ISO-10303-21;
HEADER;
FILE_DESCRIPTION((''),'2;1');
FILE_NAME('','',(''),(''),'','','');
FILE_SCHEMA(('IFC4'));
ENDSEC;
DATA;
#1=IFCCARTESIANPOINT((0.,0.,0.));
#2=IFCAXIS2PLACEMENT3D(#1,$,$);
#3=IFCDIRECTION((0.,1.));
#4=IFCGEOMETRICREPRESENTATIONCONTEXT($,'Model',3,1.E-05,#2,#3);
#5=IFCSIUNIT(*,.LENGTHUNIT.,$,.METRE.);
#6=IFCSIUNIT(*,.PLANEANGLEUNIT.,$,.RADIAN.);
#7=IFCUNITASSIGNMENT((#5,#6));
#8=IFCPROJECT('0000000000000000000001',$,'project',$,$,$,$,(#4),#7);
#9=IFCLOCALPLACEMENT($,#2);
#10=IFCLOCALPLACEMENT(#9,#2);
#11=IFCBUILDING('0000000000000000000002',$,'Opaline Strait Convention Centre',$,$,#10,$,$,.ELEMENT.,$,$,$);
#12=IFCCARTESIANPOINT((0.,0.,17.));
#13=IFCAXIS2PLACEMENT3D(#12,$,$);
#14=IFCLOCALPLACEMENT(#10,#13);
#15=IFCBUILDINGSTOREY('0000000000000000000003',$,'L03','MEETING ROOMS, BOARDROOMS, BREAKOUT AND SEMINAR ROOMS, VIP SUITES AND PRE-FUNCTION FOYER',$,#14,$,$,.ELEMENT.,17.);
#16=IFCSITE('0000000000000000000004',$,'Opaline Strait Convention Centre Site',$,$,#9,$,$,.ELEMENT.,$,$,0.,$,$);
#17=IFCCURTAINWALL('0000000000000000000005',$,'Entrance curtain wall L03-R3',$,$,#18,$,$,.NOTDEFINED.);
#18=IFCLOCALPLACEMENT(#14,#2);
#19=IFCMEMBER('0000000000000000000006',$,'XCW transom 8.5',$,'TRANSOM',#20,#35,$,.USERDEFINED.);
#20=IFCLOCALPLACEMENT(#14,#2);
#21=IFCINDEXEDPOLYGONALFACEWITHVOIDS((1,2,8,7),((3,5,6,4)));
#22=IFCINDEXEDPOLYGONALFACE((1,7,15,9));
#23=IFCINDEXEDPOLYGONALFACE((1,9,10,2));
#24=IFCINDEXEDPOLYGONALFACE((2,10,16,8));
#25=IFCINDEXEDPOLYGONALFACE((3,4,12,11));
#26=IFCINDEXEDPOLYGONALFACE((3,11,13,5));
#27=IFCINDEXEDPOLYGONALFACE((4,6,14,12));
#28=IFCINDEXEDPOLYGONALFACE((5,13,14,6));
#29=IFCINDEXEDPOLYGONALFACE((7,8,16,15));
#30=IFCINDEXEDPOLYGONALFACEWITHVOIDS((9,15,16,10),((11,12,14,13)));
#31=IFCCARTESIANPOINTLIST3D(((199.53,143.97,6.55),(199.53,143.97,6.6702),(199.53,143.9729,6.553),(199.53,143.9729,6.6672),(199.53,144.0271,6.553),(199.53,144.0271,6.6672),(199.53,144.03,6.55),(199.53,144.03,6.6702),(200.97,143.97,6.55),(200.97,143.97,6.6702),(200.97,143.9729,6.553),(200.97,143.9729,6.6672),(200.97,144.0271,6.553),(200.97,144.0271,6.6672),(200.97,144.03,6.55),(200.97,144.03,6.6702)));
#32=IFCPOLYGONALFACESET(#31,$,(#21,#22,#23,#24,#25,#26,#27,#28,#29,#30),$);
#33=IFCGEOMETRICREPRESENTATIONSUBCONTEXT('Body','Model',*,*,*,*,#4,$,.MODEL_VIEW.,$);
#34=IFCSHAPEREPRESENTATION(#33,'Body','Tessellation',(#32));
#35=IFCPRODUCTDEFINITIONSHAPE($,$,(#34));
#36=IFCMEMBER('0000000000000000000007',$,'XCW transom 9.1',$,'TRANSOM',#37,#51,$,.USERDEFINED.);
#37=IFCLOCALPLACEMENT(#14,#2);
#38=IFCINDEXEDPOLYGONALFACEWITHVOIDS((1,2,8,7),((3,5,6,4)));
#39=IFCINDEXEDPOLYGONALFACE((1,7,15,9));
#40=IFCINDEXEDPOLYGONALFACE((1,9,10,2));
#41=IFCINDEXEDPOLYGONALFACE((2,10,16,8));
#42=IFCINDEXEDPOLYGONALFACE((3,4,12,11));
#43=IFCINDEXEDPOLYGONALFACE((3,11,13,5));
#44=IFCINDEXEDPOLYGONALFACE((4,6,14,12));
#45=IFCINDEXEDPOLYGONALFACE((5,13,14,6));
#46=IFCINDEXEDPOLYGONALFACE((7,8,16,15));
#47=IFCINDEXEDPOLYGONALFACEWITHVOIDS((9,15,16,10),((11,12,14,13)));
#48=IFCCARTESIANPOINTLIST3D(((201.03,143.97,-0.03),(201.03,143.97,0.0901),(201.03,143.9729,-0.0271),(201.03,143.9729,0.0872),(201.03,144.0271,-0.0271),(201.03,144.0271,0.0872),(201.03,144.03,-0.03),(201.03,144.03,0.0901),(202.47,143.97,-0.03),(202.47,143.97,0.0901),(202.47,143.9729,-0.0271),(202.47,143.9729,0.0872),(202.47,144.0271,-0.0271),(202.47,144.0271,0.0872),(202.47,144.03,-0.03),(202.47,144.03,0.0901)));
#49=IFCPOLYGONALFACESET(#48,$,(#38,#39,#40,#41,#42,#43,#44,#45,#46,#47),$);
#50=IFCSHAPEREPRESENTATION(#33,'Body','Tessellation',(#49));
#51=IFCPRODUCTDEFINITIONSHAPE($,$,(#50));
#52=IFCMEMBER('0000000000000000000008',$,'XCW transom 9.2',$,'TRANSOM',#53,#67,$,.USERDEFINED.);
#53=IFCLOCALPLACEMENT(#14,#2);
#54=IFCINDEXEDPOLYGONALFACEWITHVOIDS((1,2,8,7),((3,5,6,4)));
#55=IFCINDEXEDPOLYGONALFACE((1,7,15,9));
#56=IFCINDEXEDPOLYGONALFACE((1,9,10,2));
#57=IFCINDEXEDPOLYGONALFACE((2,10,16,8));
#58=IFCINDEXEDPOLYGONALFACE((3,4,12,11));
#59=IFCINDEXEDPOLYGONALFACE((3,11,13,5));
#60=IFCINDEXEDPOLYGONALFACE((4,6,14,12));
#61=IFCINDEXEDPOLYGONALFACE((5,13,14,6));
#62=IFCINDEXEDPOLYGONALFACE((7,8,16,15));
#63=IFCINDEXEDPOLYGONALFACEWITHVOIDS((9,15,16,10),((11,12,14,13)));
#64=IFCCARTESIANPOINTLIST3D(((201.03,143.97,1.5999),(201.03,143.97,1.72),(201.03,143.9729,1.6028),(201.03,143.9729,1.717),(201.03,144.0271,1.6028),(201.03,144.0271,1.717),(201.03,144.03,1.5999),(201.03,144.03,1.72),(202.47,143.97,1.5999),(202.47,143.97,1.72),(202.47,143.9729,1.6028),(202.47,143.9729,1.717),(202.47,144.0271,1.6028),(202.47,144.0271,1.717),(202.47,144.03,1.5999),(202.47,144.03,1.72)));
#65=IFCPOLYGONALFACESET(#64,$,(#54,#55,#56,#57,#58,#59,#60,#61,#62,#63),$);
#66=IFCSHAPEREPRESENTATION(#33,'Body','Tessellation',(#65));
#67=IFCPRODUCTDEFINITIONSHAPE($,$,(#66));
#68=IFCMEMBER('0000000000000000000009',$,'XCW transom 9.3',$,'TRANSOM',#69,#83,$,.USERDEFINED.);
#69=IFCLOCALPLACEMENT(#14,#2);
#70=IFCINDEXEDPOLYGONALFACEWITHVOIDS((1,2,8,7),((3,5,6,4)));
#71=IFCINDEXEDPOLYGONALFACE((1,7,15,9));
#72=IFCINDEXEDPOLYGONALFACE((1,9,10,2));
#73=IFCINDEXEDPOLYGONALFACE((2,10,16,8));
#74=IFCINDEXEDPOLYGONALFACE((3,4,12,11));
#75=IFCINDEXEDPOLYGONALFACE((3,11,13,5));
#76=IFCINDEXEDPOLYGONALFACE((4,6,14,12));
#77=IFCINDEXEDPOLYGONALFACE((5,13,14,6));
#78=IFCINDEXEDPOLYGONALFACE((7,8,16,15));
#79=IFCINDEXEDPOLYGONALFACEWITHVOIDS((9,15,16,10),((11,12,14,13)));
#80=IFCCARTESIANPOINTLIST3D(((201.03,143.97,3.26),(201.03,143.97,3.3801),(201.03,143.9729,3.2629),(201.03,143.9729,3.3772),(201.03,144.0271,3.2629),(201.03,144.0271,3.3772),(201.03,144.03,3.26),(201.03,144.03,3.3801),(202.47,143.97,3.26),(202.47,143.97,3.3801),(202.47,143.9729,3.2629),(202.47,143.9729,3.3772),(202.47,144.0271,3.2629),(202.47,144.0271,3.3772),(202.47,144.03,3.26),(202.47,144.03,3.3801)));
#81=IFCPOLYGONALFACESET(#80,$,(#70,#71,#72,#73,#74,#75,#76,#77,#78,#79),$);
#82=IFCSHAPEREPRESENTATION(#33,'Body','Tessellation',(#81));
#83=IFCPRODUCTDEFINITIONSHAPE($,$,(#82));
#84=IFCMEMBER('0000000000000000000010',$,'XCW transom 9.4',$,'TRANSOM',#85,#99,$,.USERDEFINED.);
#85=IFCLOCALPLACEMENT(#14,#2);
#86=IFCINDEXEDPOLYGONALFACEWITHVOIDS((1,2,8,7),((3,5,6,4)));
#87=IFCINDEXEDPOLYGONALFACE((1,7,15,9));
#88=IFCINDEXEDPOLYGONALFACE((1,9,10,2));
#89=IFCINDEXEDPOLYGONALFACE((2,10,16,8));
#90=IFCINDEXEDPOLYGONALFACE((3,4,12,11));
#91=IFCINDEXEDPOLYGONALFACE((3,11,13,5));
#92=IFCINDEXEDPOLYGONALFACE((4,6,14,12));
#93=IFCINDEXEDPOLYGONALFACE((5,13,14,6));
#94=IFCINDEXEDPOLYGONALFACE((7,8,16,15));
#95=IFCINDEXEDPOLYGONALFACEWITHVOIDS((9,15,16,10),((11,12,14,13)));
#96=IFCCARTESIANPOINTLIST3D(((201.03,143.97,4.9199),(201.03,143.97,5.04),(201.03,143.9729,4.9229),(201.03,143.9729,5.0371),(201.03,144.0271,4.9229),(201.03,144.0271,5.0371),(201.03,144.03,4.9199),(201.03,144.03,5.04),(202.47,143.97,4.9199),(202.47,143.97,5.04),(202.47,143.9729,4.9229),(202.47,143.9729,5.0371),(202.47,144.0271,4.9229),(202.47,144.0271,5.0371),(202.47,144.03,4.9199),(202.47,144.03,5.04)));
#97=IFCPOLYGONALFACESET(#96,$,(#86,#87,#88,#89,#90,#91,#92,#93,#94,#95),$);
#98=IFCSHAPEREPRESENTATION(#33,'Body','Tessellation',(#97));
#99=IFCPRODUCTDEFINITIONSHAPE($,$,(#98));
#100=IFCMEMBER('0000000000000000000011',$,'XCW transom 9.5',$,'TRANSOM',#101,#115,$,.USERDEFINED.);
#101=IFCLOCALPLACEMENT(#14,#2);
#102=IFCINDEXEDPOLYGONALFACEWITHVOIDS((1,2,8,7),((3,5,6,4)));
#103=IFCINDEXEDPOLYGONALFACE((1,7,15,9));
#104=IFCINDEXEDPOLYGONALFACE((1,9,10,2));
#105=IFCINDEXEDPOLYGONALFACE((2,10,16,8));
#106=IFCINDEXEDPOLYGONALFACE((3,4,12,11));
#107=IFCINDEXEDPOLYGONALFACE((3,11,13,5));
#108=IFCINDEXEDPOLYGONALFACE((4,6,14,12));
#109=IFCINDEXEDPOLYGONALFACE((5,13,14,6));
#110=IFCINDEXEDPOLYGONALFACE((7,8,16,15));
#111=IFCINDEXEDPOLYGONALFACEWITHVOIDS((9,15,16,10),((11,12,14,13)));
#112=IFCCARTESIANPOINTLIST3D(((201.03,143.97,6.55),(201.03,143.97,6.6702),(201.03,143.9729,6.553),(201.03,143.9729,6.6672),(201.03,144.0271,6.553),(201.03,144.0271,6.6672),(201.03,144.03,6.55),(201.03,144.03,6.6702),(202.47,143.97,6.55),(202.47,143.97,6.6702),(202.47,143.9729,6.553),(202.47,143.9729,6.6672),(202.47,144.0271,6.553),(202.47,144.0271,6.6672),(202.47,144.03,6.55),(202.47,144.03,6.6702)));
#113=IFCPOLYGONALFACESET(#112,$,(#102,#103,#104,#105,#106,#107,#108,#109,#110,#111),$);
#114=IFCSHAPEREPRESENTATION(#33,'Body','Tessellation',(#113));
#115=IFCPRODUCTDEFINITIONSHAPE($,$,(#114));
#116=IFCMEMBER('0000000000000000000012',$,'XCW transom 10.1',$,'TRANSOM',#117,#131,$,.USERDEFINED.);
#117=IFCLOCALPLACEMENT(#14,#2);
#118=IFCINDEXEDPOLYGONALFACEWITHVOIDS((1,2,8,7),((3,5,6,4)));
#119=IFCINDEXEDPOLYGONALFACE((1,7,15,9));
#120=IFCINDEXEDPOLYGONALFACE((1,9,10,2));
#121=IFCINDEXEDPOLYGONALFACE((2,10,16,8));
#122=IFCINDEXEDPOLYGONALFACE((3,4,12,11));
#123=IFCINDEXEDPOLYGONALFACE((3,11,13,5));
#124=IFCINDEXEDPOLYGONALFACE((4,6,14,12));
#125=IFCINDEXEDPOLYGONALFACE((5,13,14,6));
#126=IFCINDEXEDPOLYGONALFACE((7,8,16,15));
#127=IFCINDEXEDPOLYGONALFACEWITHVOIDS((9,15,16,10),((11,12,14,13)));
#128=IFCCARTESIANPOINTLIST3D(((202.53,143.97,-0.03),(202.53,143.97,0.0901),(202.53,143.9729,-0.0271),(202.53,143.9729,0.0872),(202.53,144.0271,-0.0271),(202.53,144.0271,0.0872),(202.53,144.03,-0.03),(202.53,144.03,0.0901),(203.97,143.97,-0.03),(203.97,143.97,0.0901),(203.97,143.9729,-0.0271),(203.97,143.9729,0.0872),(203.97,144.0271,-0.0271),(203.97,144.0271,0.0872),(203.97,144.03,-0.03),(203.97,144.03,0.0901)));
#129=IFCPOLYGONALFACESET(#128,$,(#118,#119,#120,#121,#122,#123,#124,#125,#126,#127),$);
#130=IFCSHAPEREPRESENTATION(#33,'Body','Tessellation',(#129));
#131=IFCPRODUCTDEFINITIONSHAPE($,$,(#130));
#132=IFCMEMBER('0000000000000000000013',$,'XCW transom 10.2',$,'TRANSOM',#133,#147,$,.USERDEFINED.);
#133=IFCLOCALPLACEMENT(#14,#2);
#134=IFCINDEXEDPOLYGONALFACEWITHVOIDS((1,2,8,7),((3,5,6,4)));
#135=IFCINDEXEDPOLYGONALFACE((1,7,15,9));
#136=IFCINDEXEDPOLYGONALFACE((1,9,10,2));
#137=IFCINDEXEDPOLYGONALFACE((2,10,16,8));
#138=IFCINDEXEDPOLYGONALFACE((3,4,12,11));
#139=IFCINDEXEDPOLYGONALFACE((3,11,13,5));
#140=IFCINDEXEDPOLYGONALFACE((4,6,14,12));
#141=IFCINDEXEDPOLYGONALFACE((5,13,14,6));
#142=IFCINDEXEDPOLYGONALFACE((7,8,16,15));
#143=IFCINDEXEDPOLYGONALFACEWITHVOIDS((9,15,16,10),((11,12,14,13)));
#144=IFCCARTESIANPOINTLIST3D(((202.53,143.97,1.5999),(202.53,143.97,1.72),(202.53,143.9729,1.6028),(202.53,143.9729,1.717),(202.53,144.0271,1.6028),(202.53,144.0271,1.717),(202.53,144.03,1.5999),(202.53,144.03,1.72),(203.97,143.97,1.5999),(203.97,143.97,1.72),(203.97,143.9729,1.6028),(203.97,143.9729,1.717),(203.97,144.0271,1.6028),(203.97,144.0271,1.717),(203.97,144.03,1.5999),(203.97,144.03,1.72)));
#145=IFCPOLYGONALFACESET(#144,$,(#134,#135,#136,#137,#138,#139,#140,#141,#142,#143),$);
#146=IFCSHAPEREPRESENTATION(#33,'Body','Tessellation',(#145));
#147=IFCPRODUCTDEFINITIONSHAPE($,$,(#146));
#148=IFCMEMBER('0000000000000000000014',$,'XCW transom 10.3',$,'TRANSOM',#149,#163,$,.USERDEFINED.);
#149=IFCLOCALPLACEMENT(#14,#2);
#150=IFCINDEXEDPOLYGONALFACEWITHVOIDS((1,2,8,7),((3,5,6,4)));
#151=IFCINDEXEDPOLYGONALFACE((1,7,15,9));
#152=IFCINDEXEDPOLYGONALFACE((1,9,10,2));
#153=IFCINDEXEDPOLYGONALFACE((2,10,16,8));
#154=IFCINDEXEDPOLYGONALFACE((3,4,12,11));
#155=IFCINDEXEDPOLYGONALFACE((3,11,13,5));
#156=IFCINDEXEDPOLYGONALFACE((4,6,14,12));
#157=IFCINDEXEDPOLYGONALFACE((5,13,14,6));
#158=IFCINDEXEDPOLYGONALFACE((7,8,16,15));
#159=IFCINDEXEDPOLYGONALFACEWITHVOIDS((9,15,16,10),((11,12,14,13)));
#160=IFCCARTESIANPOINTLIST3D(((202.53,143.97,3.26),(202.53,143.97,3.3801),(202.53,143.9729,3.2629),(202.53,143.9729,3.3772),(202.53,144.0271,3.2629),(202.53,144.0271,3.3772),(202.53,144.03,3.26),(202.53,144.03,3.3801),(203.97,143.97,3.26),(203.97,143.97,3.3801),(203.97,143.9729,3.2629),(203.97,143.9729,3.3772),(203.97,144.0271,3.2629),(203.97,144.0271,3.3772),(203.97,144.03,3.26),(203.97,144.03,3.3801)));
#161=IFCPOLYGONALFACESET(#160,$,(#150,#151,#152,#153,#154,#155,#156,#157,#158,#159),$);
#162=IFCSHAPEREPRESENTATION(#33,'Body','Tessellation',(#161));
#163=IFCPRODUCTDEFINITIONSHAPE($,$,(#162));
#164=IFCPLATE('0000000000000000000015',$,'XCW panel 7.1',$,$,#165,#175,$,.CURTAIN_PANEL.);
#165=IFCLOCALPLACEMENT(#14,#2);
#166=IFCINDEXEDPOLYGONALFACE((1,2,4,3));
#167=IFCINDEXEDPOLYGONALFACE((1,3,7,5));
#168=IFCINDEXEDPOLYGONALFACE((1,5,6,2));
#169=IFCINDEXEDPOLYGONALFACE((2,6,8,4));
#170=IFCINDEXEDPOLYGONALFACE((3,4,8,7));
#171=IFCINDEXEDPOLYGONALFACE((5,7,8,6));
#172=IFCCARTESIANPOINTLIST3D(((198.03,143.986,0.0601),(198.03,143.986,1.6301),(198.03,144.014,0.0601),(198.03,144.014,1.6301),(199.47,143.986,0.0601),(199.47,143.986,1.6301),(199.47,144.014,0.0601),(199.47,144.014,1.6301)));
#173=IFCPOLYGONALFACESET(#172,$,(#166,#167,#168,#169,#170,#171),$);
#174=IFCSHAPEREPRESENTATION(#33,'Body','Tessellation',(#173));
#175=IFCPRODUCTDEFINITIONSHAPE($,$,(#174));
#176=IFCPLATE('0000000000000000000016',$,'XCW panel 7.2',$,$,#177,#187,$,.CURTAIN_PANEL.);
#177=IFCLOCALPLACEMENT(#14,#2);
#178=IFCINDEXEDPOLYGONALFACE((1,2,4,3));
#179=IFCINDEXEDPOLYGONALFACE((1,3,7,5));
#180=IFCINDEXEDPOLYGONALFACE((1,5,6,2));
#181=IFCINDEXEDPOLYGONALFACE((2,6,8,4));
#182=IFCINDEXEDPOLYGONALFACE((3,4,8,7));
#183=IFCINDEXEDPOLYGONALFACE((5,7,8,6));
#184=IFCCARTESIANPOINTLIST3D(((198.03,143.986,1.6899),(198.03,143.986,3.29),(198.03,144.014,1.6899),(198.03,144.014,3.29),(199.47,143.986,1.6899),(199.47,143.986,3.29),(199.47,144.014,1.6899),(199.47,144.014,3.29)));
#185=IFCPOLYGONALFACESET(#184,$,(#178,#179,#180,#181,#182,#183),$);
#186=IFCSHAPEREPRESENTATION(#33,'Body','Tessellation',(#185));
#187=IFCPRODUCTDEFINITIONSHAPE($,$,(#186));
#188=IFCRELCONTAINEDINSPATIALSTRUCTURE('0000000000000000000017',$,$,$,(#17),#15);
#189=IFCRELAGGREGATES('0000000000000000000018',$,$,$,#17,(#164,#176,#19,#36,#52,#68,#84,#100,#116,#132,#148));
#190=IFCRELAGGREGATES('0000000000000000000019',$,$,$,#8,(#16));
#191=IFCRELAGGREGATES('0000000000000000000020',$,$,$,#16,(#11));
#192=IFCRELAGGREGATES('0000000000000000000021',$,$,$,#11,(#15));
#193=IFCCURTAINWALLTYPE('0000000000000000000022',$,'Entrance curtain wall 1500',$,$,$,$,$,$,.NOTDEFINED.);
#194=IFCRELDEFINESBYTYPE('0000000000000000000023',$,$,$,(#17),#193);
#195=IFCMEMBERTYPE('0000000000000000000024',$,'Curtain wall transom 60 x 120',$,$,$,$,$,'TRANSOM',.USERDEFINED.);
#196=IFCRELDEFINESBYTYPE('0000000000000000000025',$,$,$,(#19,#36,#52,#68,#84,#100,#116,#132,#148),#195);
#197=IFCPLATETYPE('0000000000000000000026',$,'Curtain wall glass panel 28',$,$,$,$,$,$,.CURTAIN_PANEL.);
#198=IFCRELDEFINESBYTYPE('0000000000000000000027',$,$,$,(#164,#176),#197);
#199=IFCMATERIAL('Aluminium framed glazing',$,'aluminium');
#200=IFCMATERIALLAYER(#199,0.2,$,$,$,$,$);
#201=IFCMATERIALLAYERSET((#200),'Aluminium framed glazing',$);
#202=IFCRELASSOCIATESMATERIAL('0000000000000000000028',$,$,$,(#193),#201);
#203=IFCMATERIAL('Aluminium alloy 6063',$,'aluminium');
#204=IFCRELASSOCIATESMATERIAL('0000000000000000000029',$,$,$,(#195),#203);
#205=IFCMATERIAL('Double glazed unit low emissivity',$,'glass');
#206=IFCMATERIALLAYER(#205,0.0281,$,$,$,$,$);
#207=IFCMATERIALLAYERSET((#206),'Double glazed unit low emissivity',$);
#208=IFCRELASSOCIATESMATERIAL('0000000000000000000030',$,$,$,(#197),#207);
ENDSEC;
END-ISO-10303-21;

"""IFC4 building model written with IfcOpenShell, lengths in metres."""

from ifc_helpers import new_model, si_unit, direction, frame, origin, origin_2d, place, context, subcontext, project, spatial, rectangle, hollow_rectangle, extrude, material, layer, layer_set, material_profile, profile_set, type_object, element, aggregate, save


model = new_model("IFC4")

# Units and contexts
model_context = context("Model", 3, precision=1e-05, world=origin(), true_north=direction((0.0, 1.0)))
body_context = subcontext(model_context, "Body", "Model", "MODEL_VIEW")
ifc_project = project(units=[si_unit("LENGTHUNIT", "METRE"), si_unit("PLANEANGLEUNIT", "RADIAN")], contexts=[model_context])

# Site, building, storey
site_placement = place(None, origin())
site = spatial("IfcSite", under=ifc_project, at=site_placement, Name="Opaline Strait Convention Centre Site", CompositionType="ELEMENT", RefElevation=0.0)
building_placement = place(site_placement, origin())
building = spatial("IfcBuilding", under=site, at=building_placement, Name="Opaline Strait Convention Centre", CompositionType="ELEMENT")
storey_placement = place(building_placement, frame((0.0, 0.0, 17.0)))
storey = spatial("IfcBuildingStorey", under=building, at=storey_placement, Name="L03", Description="MEETING ROOMS, BOARDROOMS, BREAKOUT AND SEMINAR ROOMS, VIP SUITES AND PRE-FUNCTION FOYER", CompositionType="ELEMENT", Elevation=17.0)

# Curtain wall, members, plates
ifc_material_1 = material(Name="Aluminium framed glazing", Category="aluminium")
ifc_layer_1 = layer(ifc_material_1, 0.2)
ifc_layer_set_1 = layer_set([ifc_layer_1], Name="Aluminium framed glazing")
curtain_wall_type = type_object("IfcCurtainWallType", Name="Entrance curtain wall 1500", PredefinedType="NOTDEFINED", material=ifc_layer_set_1)
curtain_wall_placement = place(storey_placement, origin())
curtain_wall = element("IfcCurtainWall", 1, at=curtain_wall_placement, inside=storey, type_object=curtain_wall_type, Name="Entrance curtain wall L03-R3", PredefinedType="NOTDEFINED")
ifc_material_2 = material(Name="Aluminium alloy 6063", Category="aluminium")
ifc_material_profile_1 = material_profile(ifc_material_2, hollow_rectangle(XDim=0.0601, YDim=0.1201, WallThickness=0.0029, at=origin_2d()), Name="TRANSOM 60x120x3")
ifc_profile_set_1 = profile_set([ifc_material_profile_1], Name="Aluminium alloy 6063")
member_type_1 = type_object("IfcMemberType", Name="Curtain wall transom 60 x 120", ElementType="TRANSOM", PredefinedType="USERDEFINED", material=ifc_profile_set_1)
member_1_placement = place(storey_placement, frame((199.53, 144.0, 6.6101), z_axis=(1.0, 0.0, 0.0), x_axis=(0.0, 1.0, 0.0)))
member_1 = element("IfcMember", 2, at=member_1_placement, type_object=member_type_1, Name="XCW transom 8.5", ObjectType="TRANSOM", PredefinedType="USERDEFINED", context=body_context, shape_type="SweptSolid", body=[
    extrude(hollow_rectangle(XDim=0.0601, YDim=0.1201, WallThickness=0.0029, at=origin_2d()), origin(), (0.0, 0.0, 1.0), 1.4399),
])
member_2_placement = place(storey_placement, frame((201.03, 144.0, 0.03), z_axis=(1.0, 0.0, 0.0), x_axis=(0.0, 1.0, 0.0)))
member_2 = element("IfcMember", 3, at=member_2_placement, type_object=member_type_1, Name="XCW transom 9.1", ObjectType="TRANSOM", PredefinedType="USERDEFINED", context=body_context, shape_type="SweptSolid", body=[
    extrude(hollow_rectangle(XDim=0.0601, YDim=0.1201, WallThickness=0.0029, at=origin_2d()), origin(), (0.0, 0.0, 1.0), 1.4399),
])
member_3_placement = place(storey_placement, frame((201.03, 144.0, 1.6599), z_axis=(1.0, 0.0, 0.0), x_axis=(0.0, 1.0, 0.0)))
member_3 = element("IfcMember", 4, at=member_3_placement, type_object=member_type_1, Name="XCW transom 9.2", ObjectType="TRANSOM", PredefinedType="USERDEFINED", context=body_context, shape_type="SweptSolid", body=[
    extrude(hollow_rectangle(XDim=0.0601, YDim=0.1201, WallThickness=0.0029, at=origin_2d()), origin(), (0.0, 0.0, 1.0), 1.4399),
])
member_4_placement = place(storey_placement, frame((201.03, 144.0, 3.3201), z_axis=(1.0, 0.0, 0.0), x_axis=(0.0, 1.0, 0.0)))
member_4 = element("IfcMember", 5, at=member_4_placement, type_object=member_type_1, Name="XCW transom 9.3", ObjectType="TRANSOM", PredefinedType="USERDEFINED", context=body_context, shape_type="SweptSolid", body=[
    extrude(hollow_rectangle(XDim=0.0601, YDim=0.1201, WallThickness=0.0029, at=origin_2d()), origin(), (0.0, 0.0, 1.0), 1.4399),
])
member_5_placement = place(storey_placement, frame((201.03, 144.0, 4.98), z_axis=(1.0, 0.0, 0.0), x_axis=(0.0, 1.0, 0.0)))
member_5 = element("IfcMember", 6, at=member_5_placement, type_object=member_type_1, Name="XCW transom 9.4", ObjectType="TRANSOM", PredefinedType="USERDEFINED", context=body_context, shape_type="SweptSolid", body=[
    extrude(hollow_rectangle(XDim=0.0601, YDim=0.1201, WallThickness=0.0029, at=origin_2d()), origin(), (0.0, 0.0, 1.0), 1.4399),
])
member_6_placement = place(storey_placement, frame((201.03, 144.0, 6.6101), z_axis=(1.0, 0.0, 0.0), x_axis=(0.0, 1.0, 0.0)))
member_6 = element("IfcMember", 7, at=member_6_placement, type_object=member_type_1, Name="XCW transom 9.5", ObjectType="TRANSOM", PredefinedType="USERDEFINED", context=body_context, shape_type="SweptSolid", body=[
    extrude(hollow_rectangle(XDim=0.0601, YDim=0.1201, WallThickness=0.0029, at=origin_2d()), origin(), (0.0, 0.0, 1.0), 1.4399),
])
member_7_placement = place(storey_placement, frame((202.53, 144.0, 0.03), z_axis=(1.0, 0.0, 0.0), x_axis=(0.0, 1.0, 0.0)))
member_7 = element("IfcMember", 8, at=member_7_placement, type_object=member_type_1, Name="XCW transom 10.1", ObjectType="TRANSOM", PredefinedType="USERDEFINED", context=body_context, shape_type="SweptSolid", body=[
    extrude(hollow_rectangle(XDim=0.0601, YDim=0.1201, WallThickness=0.0029, at=origin_2d()), origin(), (0.0, 0.0, 1.0), 1.4399),
])
member_8_placement = place(storey_placement, frame((202.53, 144.0, 1.6599), z_axis=(1.0, 0.0, 0.0), x_axis=(0.0, 1.0, 0.0)))
member_8 = element("IfcMember", 9, at=member_8_placement, type_object=member_type_1, Name="XCW transom 10.2", ObjectType="TRANSOM", PredefinedType="USERDEFINED", context=body_context, shape_type="SweptSolid", body=[
    extrude(hollow_rectangle(XDim=0.0601, YDim=0.1201, WallThickness=0.0029, at=origin_2d()), origin(), (0.0, 0.0, 1.0), 1.4399),
])
member_9_placement = place(storey_placement, frame((202.53, 144.0, 3.3201), z_axis=(1.0, 0.0, 0.0), x_axis=(0.0, 1.0, 0.0)))
member_9 = element("IfcMember", 10, at=member_9_placement, type_object=member_type_1, Name="XCW transom 10.3", ObjectType="TRANSOM", PredefinedType="USERDEFINED", context=body_context, shape_type="SweptSolid", body=[
    extrude(hollow_rectangle(XDim=0.0601, YDim=0.1201, WallThickness=0.0029, at=origin_2d()), origin(), (0.0, 0.0, 1.0), 1.4399),
])
ifc_material_3 = material(Name="Double glazed unit low emissivity", Category="glass")
ifc_layer_2 = layer(ifc_material_3, 0.0281)
ifc_layer_set_2 = layer_set([ifc_layer_2], Name="Double glazed unit low emissivity")
plate_type = type_object("IfcPlateType", Name="Curtain wall glass panel 28", PredefinedType="CURTAIN_PANEL", material=ifc_layer_set_2)
plate_1_placement = place(storey_placement, frame((198.75, 144.0, 0.0601), z_axis=(0.0, 0.0, 1.0), x_axis=(1.0, 0.0, 0.0)))
plate_1 = element("IfcPlate", 11, at=plate_1_placement, type_object=plate_type, Name="XCW panel 7.1", PredefinedType="CURTAIN_PANEL", context=body_context, shape_type="SweptSolid", body=[
    extrude(rectangle(XDim=1.4399, YDim=0.0281, at=origin_2d()), origin(), (0.0, 0.0, 1.0), 1.5701),
])
plate_2_placement = place(storey_placement, frame((198.75, 144.0, 1.6899), z_axis=(0.0, 0.0, 1.0), x_axis=(1.0, 0.0, 0.0)))
plate_2 = element("IfcPlate", 12, at=plate_2_placement, type_object=plate_type, Name="XCW panel 7.2", PredefinedType="CURTAIN_PANEL", context=body_context, shape_type="SweptSolid", body=[
    extrude(rectangle(XDim=1.4399, YDim=0.0281, at=origin_2d()), origin(), (0.0, 0.0, 1.0), 1.6001),
])
aggregate(curtain_wall, [plate_1, plate_2, member_1, member_2, member_3, member_4, member_5, member_6, member_7, member_8, member_9])

save(model, "model.ifc")
